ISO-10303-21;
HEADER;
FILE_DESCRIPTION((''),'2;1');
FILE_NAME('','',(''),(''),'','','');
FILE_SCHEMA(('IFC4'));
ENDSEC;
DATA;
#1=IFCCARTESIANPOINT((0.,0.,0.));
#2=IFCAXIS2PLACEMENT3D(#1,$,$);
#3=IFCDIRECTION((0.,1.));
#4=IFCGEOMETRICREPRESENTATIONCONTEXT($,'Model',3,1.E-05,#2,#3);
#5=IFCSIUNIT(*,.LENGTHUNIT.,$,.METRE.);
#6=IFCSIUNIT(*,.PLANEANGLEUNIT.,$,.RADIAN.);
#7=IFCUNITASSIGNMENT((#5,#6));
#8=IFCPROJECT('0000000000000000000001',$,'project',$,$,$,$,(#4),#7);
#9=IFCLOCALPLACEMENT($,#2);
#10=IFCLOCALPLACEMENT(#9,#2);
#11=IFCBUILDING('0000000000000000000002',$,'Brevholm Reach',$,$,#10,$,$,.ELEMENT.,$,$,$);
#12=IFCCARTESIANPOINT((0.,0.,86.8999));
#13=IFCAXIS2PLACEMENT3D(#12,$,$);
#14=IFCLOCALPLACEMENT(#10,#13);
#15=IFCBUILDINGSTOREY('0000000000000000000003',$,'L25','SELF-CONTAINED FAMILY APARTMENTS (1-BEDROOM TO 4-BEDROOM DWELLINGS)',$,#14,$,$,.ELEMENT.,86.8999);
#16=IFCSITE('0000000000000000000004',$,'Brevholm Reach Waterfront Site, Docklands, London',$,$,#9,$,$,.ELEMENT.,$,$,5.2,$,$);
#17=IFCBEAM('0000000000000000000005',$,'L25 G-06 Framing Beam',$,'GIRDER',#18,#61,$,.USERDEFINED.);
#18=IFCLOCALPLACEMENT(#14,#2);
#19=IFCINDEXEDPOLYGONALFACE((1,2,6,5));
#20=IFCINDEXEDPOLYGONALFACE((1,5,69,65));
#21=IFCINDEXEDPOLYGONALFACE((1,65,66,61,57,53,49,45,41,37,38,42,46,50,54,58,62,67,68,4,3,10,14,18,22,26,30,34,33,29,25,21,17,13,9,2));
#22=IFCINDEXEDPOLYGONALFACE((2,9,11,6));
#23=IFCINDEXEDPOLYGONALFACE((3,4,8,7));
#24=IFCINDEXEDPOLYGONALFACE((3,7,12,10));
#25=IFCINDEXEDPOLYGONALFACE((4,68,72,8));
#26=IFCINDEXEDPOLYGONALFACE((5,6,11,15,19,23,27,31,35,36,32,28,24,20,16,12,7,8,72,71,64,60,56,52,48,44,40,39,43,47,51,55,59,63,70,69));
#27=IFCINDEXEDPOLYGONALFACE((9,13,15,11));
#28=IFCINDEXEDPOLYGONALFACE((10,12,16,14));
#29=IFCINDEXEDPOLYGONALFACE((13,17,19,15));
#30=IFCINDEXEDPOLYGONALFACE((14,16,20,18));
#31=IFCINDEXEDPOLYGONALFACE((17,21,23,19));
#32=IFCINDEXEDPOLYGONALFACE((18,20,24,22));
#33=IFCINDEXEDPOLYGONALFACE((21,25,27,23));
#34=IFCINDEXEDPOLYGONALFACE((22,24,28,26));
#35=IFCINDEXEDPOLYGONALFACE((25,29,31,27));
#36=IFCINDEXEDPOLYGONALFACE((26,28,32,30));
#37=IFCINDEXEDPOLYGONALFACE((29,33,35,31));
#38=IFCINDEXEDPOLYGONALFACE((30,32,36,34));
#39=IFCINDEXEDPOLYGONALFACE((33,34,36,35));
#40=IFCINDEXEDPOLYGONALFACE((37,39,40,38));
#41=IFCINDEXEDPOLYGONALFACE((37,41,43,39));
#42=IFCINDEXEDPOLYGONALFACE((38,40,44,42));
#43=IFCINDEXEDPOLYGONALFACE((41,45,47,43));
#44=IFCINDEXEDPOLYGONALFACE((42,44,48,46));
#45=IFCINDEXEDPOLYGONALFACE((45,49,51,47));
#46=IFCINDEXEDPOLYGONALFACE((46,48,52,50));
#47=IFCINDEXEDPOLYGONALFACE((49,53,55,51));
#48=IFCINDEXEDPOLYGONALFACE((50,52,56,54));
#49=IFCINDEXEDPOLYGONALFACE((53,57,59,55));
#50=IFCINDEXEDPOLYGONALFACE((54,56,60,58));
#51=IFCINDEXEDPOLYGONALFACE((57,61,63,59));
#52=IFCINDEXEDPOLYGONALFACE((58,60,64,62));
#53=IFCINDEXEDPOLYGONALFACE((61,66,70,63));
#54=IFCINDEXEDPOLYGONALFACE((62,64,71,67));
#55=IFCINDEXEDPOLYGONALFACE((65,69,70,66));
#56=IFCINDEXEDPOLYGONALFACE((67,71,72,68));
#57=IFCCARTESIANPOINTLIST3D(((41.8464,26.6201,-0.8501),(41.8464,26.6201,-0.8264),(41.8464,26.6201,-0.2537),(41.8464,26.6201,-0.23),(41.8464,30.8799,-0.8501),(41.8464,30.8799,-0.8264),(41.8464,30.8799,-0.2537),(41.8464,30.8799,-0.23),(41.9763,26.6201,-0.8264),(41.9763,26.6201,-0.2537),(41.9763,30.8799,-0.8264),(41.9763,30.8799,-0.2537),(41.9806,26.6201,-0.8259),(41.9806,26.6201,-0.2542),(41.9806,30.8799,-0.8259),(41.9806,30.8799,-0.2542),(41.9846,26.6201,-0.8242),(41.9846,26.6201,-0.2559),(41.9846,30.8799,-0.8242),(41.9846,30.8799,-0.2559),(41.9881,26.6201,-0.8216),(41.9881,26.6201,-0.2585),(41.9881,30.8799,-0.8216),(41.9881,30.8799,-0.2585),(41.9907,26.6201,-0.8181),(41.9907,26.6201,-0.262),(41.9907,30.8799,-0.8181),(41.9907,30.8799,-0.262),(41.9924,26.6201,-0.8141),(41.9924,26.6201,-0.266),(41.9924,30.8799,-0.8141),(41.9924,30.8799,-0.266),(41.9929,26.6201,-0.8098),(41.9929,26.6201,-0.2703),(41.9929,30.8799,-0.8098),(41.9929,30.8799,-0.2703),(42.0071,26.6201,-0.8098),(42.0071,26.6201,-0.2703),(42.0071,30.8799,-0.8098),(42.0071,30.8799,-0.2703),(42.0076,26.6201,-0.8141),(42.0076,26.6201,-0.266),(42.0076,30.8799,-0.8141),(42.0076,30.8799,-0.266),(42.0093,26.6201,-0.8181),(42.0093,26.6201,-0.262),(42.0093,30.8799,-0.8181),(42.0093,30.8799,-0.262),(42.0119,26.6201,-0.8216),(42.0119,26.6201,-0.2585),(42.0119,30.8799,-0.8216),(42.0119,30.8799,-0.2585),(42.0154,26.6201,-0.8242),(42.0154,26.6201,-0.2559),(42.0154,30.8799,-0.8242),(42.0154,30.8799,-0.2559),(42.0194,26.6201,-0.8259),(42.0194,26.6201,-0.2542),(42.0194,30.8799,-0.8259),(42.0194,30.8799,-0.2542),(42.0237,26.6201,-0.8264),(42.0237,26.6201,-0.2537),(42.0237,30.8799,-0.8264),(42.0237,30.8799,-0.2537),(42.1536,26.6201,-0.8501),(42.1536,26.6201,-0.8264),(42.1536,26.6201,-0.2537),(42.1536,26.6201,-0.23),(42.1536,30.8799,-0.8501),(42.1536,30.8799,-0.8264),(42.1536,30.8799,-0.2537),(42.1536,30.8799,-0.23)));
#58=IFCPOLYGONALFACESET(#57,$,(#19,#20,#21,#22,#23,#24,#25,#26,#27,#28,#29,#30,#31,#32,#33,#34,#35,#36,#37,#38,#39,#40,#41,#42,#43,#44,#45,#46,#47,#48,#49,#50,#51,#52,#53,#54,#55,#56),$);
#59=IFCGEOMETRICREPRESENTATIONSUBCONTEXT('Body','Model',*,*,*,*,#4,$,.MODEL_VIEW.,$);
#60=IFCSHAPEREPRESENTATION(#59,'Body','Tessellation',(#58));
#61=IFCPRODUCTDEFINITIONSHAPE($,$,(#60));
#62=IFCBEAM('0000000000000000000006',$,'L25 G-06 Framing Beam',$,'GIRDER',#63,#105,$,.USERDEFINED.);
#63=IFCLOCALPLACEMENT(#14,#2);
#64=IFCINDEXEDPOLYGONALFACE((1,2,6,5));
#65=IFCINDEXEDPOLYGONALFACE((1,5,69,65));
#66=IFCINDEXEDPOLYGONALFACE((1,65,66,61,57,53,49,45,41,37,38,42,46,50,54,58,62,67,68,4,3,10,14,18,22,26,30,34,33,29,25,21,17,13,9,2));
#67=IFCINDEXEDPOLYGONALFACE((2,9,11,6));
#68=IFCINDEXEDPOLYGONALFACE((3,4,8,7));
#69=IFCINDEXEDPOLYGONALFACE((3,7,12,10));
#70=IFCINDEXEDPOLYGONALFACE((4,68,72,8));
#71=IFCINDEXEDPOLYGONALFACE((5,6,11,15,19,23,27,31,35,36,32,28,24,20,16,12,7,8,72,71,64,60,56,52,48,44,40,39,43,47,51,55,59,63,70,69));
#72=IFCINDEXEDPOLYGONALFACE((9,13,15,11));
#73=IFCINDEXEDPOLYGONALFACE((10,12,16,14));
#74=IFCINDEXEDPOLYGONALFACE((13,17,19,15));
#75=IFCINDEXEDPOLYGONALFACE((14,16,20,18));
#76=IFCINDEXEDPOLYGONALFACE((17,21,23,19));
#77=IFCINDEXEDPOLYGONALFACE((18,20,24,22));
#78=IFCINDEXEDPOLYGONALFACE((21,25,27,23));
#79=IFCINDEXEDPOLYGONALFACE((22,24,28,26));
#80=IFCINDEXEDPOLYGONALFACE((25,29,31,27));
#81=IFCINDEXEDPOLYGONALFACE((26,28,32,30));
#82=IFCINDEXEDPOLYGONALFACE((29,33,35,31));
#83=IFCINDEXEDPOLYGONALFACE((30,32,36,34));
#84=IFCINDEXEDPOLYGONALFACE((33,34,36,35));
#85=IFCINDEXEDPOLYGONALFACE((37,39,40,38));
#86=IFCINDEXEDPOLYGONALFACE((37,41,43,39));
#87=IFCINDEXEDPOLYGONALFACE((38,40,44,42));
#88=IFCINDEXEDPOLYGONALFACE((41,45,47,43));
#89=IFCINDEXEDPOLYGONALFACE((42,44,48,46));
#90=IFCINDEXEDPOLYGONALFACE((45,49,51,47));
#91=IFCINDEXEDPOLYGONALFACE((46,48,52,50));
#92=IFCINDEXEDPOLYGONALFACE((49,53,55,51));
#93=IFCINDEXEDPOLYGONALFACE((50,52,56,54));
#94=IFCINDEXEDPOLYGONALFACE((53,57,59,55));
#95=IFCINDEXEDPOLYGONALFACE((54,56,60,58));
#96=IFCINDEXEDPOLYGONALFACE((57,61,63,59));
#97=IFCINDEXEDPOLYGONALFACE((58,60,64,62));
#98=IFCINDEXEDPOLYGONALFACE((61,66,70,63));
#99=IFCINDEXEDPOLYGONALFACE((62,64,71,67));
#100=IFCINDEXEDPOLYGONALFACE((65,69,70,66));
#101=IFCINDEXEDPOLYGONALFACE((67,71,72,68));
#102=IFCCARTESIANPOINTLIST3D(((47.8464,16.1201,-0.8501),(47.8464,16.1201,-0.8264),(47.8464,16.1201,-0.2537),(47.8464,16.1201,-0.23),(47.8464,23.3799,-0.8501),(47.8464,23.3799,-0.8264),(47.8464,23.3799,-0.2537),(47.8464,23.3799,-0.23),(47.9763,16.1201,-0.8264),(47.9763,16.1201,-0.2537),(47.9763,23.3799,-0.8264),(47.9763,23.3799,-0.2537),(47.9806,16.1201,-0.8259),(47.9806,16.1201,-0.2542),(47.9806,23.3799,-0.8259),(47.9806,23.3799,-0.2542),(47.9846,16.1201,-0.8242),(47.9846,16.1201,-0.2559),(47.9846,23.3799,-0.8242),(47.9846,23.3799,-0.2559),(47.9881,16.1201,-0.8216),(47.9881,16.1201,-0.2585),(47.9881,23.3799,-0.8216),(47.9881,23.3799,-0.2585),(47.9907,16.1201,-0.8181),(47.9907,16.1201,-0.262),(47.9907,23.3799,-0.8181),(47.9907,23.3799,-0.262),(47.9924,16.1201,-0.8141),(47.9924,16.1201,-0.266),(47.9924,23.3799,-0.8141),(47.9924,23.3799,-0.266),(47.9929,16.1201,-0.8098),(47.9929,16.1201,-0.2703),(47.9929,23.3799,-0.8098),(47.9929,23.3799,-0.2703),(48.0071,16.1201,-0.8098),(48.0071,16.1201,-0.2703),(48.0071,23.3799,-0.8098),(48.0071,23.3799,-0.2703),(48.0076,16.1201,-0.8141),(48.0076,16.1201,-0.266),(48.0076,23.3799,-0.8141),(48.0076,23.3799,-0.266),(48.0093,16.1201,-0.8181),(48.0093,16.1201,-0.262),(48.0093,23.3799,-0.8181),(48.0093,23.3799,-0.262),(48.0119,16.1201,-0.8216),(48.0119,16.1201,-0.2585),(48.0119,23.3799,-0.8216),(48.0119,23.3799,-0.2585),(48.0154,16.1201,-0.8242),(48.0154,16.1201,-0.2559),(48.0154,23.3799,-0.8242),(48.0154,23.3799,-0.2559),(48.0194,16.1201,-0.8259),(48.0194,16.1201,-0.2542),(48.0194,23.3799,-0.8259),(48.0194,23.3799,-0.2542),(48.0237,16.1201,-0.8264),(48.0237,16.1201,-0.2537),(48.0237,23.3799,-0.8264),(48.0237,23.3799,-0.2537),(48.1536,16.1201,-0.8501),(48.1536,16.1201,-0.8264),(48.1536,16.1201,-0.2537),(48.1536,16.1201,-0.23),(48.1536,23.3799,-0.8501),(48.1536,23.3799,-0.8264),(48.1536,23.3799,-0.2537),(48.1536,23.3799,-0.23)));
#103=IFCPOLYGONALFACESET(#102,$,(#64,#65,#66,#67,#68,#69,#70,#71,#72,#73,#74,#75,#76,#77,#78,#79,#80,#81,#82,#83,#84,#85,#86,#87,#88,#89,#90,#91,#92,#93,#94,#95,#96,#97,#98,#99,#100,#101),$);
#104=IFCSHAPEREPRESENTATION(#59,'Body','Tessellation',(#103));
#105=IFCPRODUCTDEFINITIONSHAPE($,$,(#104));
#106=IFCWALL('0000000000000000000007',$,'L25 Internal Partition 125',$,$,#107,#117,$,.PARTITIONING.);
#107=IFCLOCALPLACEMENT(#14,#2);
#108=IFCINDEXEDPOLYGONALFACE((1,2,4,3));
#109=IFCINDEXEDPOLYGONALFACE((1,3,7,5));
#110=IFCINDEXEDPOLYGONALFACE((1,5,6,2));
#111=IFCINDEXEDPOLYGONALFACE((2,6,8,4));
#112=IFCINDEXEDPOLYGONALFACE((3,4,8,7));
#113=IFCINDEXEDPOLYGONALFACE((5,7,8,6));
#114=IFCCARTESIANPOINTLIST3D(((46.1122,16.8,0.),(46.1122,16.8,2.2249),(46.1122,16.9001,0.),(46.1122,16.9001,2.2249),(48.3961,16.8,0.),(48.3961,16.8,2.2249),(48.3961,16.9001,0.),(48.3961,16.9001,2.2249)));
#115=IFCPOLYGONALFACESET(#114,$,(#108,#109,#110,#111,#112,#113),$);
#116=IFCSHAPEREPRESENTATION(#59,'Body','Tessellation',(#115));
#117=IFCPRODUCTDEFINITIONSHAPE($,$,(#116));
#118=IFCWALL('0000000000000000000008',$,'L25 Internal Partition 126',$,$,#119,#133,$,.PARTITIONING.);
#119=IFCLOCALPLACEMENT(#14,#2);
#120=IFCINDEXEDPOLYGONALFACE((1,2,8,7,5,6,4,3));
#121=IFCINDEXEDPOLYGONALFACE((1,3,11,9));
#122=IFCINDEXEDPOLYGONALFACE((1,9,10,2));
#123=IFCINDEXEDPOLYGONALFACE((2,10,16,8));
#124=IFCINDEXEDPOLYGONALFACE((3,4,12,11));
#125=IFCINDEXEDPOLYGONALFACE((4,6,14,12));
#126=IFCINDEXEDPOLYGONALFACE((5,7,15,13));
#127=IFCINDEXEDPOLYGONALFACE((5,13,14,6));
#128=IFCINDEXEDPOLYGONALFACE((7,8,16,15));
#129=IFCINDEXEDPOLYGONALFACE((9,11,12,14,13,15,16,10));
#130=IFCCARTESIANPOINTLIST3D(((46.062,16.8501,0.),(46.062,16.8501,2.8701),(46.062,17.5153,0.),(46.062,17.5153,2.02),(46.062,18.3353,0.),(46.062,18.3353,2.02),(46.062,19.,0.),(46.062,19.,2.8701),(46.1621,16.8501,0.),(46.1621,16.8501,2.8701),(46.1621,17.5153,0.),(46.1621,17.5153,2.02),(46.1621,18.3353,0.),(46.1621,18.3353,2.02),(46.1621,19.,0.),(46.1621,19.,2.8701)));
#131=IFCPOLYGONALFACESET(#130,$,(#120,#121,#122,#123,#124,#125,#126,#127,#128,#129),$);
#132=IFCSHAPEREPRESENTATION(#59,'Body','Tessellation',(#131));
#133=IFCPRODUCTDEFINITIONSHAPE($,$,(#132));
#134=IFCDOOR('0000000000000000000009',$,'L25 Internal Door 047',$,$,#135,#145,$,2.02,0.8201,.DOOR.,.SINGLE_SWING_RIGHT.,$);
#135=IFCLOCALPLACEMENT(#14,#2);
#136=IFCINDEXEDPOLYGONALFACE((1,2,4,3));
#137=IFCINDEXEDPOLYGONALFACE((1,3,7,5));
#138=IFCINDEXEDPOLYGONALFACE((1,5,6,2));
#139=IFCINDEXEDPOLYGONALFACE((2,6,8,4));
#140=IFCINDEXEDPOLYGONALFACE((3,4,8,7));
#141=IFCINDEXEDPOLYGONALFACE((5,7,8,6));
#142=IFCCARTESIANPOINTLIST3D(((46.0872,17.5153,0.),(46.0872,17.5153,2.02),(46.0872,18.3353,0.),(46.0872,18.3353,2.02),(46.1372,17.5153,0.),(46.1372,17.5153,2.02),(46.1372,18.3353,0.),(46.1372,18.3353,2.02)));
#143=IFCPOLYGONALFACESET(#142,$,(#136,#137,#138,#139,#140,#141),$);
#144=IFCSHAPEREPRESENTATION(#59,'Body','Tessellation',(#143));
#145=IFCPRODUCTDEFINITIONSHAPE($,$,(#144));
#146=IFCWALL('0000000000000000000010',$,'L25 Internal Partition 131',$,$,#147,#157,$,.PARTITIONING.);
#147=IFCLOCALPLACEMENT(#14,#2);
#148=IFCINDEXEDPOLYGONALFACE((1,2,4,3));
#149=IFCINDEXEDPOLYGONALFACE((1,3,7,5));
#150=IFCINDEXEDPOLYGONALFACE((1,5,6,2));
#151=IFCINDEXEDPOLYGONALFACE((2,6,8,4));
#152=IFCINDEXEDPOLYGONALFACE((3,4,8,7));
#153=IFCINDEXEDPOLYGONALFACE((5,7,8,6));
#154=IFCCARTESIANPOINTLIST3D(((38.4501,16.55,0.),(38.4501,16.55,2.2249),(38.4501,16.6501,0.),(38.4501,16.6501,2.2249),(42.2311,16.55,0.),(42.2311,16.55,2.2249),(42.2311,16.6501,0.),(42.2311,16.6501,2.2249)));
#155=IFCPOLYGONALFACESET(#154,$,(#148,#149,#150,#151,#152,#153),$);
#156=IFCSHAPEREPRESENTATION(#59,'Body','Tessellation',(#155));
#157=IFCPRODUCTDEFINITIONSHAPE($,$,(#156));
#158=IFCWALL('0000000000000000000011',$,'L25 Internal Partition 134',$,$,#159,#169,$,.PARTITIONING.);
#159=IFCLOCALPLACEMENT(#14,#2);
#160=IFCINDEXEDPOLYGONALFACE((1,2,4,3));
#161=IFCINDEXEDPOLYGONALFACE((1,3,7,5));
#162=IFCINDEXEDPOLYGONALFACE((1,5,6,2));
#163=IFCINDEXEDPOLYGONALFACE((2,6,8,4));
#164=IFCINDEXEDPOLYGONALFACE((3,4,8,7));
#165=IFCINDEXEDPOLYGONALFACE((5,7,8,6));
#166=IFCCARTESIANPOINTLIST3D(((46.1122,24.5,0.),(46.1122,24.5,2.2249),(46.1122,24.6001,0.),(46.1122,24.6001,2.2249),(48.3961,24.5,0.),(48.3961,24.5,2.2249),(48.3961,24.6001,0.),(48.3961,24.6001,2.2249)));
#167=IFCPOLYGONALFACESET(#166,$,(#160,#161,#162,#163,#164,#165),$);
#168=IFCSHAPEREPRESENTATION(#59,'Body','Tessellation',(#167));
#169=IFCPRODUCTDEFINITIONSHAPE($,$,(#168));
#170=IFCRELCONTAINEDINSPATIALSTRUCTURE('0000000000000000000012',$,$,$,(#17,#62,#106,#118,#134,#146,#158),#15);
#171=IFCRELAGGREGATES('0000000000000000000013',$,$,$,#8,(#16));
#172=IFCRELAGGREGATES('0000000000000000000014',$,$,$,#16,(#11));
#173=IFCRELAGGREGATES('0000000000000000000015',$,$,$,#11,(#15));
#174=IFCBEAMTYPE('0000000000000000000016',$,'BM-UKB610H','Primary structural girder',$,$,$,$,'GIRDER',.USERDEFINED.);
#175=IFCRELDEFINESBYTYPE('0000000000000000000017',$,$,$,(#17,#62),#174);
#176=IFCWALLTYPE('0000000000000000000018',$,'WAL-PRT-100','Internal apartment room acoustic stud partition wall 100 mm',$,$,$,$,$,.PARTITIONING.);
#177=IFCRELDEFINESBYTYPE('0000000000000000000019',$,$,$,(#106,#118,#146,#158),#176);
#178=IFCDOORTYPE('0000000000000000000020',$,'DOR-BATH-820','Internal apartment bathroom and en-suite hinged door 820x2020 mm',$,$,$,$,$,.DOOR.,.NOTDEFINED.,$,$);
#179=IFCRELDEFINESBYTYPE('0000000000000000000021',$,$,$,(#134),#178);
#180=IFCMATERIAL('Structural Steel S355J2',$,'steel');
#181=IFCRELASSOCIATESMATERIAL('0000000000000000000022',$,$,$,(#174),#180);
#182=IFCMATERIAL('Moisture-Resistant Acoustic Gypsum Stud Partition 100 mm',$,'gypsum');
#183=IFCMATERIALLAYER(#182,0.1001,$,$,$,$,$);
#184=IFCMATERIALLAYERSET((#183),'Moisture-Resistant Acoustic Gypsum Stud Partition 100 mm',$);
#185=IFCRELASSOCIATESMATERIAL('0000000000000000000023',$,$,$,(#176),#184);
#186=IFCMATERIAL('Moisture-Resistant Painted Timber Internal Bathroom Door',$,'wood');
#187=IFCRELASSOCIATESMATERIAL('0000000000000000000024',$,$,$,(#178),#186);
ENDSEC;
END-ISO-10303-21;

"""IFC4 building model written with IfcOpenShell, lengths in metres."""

from ifc_helpers import new_model, si_unit, direction, frame, frame_2d, origin, origin_2d, place, context, subcontext, project, spatial, rectangle, i_section, extrude, material, layer, layer_set, material_profile, profile_set, type_object, element, fill, save


model = new_model("IFC4")

# Units and contexts
model_context = context("Model", 3, precision=1e-05, world=origin(), true_north=direction((0.0, 1.0)))
body_context = subcontext(model_context, "Body", "Model", "MODEL_VIEW")
ifc_project = project(units=[si_unit("LENGTHUNIT", "METRE"), si_unit("PLANEANGLEUNIT", "RADIAN")], contexts=[model_context])

# Site, building, storey
site_placement = place(None, origin())
site = spatial("IfcSite", under=ifc_project, at=site_placement, Name="Brevholm Reach Waterfront Site, Docklands, London", CompositionType="ELEMENT", RefElevation=5.2)
building_placement = place(site_placement, origin())
building = spatial("IfcBuilding", under=site, at=building_placement, Name="Brevholm Reach", CompositionType="ELEMENT")
storey_placement = place(building_placement, frame((0.0, 0.0, 86.8999)))
storey = spatial("IfcBuildingStorey", under=building, at=storey_placement, Name="L25", Description="SELF-CONTAINED FAMILY APARTMENTS (1-BEDROOM TO 4-BEDROOM DWELLINGS)", CompositionType="ELEMENT", Elevation=86.8999)

# Beams
ifc_material_1 = material(Name="Structural Steel S355J2", Category="steel")
ifc_material_profile_1 = material_profile(ifc_material_1, i_section(OverallWidth=0.3071, OverallDepth=0.6201, WebThickness=0.0142, FlangeThickness=0.0237, FilletRadius=0.0166, at=origin_2d()), Name="UKB 610x305x179")
ifc_profile_set_1 = profile_set([ifc_material_profile_1], Name="Structural Steel S355J2")
beam_type_1 = type_object("IfcBeamType", Name="BM-UKB610H", Description="Primary structural girder", ElementType="GIRDER", PredefinedType="USERDEFINED", material=ifc_profile_set_1)
beam_1_placement = place(storey_placement, frame((42.0, 26.6201, -0.54), z_axis=(0.0, 1.0, 0.0), x_axis=(-1.0, 0.0, 0.0)))
element("IfcBeam", 1, at=beam_1_placement, inside=storey, type_object=beam_type_1, Name="L25 G-06 Framing Beam", ObjectType="GIRDER", PredefinedType="USERDEFINED", context=body_context, shape_type="SweptSolid", body=[
    extrude(i_section(OverallWidth=0.3071, OverallDepth=0.6201, WebThickness=0.0142, FlangeThickness=0.0237, FilletRadius=0.0166, at=origin_2d()), origin(), (0.0, 0.0, 1.0), 4.2598),
])
beam_2_placement = place(storey_placement, frame((48.0, 16.1201, -0.54), z_axis=(0.0, 1.0, 0.0), x_axis=(-1.0, 0.0, 0.0)))
element("IfcBeam", 2, at=beam_2_placement, inside=storey, type_object=beam_type_1, Name="L25 G-06 Framing Beam", ObjectType="GIRDER", PredefinedType="USERDEFINED", context=body_context, shape_type="SweptSolid", body=[
    extrude(i_section(OverallWidth=0.3071, OverallDepth=0.6201, WebThickness=0.0142, FlangeThickness=0.0237, FilletRadius=0.0166, at=origin_2d()), origin(), (0.0, 0.0, 1.0), 7.2598),
])

# Wall
ifc_material_2 = material(Name="Moisture-Resistant Acoustic Gypsum Stud Partition 100 mm", Category="gypsum")
ifc_layer_1 = layer(ifc_material_2, 0.1001)
ifc_layer_set_1 = layer_set([ifc_layer_1], Name="Moisture-Resistant Acoustic Gypsum Stud Partition 100 mm")
wall_type_1 = type_object("IfcWallType", Name="WAL-PRT-100", Description="Internal apartment room acoustic stud partition wall 100 mm", PredefinedType="PARTITIONING", material=ifc_layer_set_1)
wall_1_placement = place(storey_placement, frame((46.1121, 16.8501, 0.0), z_axis=(0.0, 0.0, 1.0), x_axis=(1.0, 0.0, 0.0)))
element("IfcWall", 3, at=wall_1_placement, inside=storey, type_object=wall_type_1, Name="L25 Internal Partition 125", PredefinedType="PARTITIONING", context=body_context, shape_type="SweptSolid", body=[
    extrude(rectangle(XDim=2.2839, YDim=0.1001, at=frame_2d((1.1421, 0.0))), origin(), (0.0, 0.0, 1.0), 2.2249),
])

# Wall, opening, door
wall_2_placement = place(storey_placement, frame((46.1121, 16.8501, 0.0), z_axis=(0.0, 0.0, 1.0), x_axis=(0.0, 1.0, 0.0)))
wall_2 = element("IfcWall", 4, at=wall_2_placement, inside=storey, type_object=wall_type_1, Name="L25 Internal Partition 126", PredefinedType="PARTITIONING", context=body_context, shape_type="SweptSolid", body=[
    extrude(rectangle(XDim=2.1499, YDim=0.1001, at=frame_2d((1.075, 0.0))), origin(), (0.0, 0.0, 1.0), 2.8701),
])
opening_1_placement = place(wall_2_placement, frame((0.665, 0.0, 0.0)))
opening_1 = element("IfcOpeningElement", 5, at=opening_1_placement, cuts=wall_2, PredefinedType="OPENING", context=body_context, shape_type="SweptSolid", body=[
    extrude(rectangle(XDim=0.8201, YDim=2.02, at=frame_2d((0.4102, 1.01))), frame((0.0, 0.0601, 0.0), z_axis=(0.0, -1.0, 0.0), x_axis=(1.0, 0.0, 0.0)), (0.0, 0.0, 1.0), 0.1201),
])
ifc_material_3 = material(Name="Moisture-Resistant Painted Timber Internal Bathroom Door", Category="wood")
door_type_1 = type_object("IfcDoorType", Name="DOR-BATH-820", Description="Internal apartment bathroom and en-suite hinged door 820x2020 mm", OperationType="NOTDEFINED", PredefinedType="DOOR", material=ifc_material_3)
door_1_placement = place(opening_1_placement, origin())
door_1 = element("IfcDoor", 6, at=door_1_placement, inside=storey, type_object=door_type_1, Name="L25 Internal Door 047", OperationType="SINGLE_SWING_RIGHT", OverallHeight=2.02, OverallWidth=0.8201, PredefinedType="DOOR", context=body_context, shape_type="SweptSolid", body=[
    extrude(rectangle(XDim=0.8201, YDim=2.02, at=frame_2d((0.4102, 1.01))), frame((0.0, 0.0249, 0.0), z_axis=(0.0, -1.0, 0.0), x_axis=(1.0, 0.0, 0.0)), (0.0, 0.0, 1.0), 0.05),
])
fill(opening_1, door_1)

# Walls
wall_3_placement = place(storey_placement, frame((38.45, 16.6001, 0.0), z_axis=(0.0, 0.0, 1.0), x_axis=(1.0, 0.0, 0.0)))
element("IfcWall", 7, at=wall_3_placement, inside=storey, type_object=wall_type_1, Name="L25 Internal Partition 131", PredefinedType="PARTITIONING", context=body_context, shape_type="SweptSolid", body=[
    extrude(rectangle(XDim=3.781, YDim=0.1001, at=frame_2d((1.8906, 0.0))), origin(), (0.0, 0.0, 1.0), 2.2249),
])
wall_4_placement = place(storey_placement, frame((46.1121, 24.55, 0.0), z_axis=(0.0, 0.0, 1.0), x_axis=(1.0, 0.0, 0.0)))
element("IfcWall", 8, at=wall_4_placement, inside=storey, type_object=wall_type_1, Name="L25 Internal Partition 134", PredefinedType="PARTITIONING", context=body_context, shape_type="SweptSolid", body=[
    extrude(rectangle(XDim=2.2839, YDim=0.1001, at=frame_2d((1.1421, 0.0))), origin(), (0.0, 0.0, 1.0), 2.2249),
])

save(model, "model.ifc")
